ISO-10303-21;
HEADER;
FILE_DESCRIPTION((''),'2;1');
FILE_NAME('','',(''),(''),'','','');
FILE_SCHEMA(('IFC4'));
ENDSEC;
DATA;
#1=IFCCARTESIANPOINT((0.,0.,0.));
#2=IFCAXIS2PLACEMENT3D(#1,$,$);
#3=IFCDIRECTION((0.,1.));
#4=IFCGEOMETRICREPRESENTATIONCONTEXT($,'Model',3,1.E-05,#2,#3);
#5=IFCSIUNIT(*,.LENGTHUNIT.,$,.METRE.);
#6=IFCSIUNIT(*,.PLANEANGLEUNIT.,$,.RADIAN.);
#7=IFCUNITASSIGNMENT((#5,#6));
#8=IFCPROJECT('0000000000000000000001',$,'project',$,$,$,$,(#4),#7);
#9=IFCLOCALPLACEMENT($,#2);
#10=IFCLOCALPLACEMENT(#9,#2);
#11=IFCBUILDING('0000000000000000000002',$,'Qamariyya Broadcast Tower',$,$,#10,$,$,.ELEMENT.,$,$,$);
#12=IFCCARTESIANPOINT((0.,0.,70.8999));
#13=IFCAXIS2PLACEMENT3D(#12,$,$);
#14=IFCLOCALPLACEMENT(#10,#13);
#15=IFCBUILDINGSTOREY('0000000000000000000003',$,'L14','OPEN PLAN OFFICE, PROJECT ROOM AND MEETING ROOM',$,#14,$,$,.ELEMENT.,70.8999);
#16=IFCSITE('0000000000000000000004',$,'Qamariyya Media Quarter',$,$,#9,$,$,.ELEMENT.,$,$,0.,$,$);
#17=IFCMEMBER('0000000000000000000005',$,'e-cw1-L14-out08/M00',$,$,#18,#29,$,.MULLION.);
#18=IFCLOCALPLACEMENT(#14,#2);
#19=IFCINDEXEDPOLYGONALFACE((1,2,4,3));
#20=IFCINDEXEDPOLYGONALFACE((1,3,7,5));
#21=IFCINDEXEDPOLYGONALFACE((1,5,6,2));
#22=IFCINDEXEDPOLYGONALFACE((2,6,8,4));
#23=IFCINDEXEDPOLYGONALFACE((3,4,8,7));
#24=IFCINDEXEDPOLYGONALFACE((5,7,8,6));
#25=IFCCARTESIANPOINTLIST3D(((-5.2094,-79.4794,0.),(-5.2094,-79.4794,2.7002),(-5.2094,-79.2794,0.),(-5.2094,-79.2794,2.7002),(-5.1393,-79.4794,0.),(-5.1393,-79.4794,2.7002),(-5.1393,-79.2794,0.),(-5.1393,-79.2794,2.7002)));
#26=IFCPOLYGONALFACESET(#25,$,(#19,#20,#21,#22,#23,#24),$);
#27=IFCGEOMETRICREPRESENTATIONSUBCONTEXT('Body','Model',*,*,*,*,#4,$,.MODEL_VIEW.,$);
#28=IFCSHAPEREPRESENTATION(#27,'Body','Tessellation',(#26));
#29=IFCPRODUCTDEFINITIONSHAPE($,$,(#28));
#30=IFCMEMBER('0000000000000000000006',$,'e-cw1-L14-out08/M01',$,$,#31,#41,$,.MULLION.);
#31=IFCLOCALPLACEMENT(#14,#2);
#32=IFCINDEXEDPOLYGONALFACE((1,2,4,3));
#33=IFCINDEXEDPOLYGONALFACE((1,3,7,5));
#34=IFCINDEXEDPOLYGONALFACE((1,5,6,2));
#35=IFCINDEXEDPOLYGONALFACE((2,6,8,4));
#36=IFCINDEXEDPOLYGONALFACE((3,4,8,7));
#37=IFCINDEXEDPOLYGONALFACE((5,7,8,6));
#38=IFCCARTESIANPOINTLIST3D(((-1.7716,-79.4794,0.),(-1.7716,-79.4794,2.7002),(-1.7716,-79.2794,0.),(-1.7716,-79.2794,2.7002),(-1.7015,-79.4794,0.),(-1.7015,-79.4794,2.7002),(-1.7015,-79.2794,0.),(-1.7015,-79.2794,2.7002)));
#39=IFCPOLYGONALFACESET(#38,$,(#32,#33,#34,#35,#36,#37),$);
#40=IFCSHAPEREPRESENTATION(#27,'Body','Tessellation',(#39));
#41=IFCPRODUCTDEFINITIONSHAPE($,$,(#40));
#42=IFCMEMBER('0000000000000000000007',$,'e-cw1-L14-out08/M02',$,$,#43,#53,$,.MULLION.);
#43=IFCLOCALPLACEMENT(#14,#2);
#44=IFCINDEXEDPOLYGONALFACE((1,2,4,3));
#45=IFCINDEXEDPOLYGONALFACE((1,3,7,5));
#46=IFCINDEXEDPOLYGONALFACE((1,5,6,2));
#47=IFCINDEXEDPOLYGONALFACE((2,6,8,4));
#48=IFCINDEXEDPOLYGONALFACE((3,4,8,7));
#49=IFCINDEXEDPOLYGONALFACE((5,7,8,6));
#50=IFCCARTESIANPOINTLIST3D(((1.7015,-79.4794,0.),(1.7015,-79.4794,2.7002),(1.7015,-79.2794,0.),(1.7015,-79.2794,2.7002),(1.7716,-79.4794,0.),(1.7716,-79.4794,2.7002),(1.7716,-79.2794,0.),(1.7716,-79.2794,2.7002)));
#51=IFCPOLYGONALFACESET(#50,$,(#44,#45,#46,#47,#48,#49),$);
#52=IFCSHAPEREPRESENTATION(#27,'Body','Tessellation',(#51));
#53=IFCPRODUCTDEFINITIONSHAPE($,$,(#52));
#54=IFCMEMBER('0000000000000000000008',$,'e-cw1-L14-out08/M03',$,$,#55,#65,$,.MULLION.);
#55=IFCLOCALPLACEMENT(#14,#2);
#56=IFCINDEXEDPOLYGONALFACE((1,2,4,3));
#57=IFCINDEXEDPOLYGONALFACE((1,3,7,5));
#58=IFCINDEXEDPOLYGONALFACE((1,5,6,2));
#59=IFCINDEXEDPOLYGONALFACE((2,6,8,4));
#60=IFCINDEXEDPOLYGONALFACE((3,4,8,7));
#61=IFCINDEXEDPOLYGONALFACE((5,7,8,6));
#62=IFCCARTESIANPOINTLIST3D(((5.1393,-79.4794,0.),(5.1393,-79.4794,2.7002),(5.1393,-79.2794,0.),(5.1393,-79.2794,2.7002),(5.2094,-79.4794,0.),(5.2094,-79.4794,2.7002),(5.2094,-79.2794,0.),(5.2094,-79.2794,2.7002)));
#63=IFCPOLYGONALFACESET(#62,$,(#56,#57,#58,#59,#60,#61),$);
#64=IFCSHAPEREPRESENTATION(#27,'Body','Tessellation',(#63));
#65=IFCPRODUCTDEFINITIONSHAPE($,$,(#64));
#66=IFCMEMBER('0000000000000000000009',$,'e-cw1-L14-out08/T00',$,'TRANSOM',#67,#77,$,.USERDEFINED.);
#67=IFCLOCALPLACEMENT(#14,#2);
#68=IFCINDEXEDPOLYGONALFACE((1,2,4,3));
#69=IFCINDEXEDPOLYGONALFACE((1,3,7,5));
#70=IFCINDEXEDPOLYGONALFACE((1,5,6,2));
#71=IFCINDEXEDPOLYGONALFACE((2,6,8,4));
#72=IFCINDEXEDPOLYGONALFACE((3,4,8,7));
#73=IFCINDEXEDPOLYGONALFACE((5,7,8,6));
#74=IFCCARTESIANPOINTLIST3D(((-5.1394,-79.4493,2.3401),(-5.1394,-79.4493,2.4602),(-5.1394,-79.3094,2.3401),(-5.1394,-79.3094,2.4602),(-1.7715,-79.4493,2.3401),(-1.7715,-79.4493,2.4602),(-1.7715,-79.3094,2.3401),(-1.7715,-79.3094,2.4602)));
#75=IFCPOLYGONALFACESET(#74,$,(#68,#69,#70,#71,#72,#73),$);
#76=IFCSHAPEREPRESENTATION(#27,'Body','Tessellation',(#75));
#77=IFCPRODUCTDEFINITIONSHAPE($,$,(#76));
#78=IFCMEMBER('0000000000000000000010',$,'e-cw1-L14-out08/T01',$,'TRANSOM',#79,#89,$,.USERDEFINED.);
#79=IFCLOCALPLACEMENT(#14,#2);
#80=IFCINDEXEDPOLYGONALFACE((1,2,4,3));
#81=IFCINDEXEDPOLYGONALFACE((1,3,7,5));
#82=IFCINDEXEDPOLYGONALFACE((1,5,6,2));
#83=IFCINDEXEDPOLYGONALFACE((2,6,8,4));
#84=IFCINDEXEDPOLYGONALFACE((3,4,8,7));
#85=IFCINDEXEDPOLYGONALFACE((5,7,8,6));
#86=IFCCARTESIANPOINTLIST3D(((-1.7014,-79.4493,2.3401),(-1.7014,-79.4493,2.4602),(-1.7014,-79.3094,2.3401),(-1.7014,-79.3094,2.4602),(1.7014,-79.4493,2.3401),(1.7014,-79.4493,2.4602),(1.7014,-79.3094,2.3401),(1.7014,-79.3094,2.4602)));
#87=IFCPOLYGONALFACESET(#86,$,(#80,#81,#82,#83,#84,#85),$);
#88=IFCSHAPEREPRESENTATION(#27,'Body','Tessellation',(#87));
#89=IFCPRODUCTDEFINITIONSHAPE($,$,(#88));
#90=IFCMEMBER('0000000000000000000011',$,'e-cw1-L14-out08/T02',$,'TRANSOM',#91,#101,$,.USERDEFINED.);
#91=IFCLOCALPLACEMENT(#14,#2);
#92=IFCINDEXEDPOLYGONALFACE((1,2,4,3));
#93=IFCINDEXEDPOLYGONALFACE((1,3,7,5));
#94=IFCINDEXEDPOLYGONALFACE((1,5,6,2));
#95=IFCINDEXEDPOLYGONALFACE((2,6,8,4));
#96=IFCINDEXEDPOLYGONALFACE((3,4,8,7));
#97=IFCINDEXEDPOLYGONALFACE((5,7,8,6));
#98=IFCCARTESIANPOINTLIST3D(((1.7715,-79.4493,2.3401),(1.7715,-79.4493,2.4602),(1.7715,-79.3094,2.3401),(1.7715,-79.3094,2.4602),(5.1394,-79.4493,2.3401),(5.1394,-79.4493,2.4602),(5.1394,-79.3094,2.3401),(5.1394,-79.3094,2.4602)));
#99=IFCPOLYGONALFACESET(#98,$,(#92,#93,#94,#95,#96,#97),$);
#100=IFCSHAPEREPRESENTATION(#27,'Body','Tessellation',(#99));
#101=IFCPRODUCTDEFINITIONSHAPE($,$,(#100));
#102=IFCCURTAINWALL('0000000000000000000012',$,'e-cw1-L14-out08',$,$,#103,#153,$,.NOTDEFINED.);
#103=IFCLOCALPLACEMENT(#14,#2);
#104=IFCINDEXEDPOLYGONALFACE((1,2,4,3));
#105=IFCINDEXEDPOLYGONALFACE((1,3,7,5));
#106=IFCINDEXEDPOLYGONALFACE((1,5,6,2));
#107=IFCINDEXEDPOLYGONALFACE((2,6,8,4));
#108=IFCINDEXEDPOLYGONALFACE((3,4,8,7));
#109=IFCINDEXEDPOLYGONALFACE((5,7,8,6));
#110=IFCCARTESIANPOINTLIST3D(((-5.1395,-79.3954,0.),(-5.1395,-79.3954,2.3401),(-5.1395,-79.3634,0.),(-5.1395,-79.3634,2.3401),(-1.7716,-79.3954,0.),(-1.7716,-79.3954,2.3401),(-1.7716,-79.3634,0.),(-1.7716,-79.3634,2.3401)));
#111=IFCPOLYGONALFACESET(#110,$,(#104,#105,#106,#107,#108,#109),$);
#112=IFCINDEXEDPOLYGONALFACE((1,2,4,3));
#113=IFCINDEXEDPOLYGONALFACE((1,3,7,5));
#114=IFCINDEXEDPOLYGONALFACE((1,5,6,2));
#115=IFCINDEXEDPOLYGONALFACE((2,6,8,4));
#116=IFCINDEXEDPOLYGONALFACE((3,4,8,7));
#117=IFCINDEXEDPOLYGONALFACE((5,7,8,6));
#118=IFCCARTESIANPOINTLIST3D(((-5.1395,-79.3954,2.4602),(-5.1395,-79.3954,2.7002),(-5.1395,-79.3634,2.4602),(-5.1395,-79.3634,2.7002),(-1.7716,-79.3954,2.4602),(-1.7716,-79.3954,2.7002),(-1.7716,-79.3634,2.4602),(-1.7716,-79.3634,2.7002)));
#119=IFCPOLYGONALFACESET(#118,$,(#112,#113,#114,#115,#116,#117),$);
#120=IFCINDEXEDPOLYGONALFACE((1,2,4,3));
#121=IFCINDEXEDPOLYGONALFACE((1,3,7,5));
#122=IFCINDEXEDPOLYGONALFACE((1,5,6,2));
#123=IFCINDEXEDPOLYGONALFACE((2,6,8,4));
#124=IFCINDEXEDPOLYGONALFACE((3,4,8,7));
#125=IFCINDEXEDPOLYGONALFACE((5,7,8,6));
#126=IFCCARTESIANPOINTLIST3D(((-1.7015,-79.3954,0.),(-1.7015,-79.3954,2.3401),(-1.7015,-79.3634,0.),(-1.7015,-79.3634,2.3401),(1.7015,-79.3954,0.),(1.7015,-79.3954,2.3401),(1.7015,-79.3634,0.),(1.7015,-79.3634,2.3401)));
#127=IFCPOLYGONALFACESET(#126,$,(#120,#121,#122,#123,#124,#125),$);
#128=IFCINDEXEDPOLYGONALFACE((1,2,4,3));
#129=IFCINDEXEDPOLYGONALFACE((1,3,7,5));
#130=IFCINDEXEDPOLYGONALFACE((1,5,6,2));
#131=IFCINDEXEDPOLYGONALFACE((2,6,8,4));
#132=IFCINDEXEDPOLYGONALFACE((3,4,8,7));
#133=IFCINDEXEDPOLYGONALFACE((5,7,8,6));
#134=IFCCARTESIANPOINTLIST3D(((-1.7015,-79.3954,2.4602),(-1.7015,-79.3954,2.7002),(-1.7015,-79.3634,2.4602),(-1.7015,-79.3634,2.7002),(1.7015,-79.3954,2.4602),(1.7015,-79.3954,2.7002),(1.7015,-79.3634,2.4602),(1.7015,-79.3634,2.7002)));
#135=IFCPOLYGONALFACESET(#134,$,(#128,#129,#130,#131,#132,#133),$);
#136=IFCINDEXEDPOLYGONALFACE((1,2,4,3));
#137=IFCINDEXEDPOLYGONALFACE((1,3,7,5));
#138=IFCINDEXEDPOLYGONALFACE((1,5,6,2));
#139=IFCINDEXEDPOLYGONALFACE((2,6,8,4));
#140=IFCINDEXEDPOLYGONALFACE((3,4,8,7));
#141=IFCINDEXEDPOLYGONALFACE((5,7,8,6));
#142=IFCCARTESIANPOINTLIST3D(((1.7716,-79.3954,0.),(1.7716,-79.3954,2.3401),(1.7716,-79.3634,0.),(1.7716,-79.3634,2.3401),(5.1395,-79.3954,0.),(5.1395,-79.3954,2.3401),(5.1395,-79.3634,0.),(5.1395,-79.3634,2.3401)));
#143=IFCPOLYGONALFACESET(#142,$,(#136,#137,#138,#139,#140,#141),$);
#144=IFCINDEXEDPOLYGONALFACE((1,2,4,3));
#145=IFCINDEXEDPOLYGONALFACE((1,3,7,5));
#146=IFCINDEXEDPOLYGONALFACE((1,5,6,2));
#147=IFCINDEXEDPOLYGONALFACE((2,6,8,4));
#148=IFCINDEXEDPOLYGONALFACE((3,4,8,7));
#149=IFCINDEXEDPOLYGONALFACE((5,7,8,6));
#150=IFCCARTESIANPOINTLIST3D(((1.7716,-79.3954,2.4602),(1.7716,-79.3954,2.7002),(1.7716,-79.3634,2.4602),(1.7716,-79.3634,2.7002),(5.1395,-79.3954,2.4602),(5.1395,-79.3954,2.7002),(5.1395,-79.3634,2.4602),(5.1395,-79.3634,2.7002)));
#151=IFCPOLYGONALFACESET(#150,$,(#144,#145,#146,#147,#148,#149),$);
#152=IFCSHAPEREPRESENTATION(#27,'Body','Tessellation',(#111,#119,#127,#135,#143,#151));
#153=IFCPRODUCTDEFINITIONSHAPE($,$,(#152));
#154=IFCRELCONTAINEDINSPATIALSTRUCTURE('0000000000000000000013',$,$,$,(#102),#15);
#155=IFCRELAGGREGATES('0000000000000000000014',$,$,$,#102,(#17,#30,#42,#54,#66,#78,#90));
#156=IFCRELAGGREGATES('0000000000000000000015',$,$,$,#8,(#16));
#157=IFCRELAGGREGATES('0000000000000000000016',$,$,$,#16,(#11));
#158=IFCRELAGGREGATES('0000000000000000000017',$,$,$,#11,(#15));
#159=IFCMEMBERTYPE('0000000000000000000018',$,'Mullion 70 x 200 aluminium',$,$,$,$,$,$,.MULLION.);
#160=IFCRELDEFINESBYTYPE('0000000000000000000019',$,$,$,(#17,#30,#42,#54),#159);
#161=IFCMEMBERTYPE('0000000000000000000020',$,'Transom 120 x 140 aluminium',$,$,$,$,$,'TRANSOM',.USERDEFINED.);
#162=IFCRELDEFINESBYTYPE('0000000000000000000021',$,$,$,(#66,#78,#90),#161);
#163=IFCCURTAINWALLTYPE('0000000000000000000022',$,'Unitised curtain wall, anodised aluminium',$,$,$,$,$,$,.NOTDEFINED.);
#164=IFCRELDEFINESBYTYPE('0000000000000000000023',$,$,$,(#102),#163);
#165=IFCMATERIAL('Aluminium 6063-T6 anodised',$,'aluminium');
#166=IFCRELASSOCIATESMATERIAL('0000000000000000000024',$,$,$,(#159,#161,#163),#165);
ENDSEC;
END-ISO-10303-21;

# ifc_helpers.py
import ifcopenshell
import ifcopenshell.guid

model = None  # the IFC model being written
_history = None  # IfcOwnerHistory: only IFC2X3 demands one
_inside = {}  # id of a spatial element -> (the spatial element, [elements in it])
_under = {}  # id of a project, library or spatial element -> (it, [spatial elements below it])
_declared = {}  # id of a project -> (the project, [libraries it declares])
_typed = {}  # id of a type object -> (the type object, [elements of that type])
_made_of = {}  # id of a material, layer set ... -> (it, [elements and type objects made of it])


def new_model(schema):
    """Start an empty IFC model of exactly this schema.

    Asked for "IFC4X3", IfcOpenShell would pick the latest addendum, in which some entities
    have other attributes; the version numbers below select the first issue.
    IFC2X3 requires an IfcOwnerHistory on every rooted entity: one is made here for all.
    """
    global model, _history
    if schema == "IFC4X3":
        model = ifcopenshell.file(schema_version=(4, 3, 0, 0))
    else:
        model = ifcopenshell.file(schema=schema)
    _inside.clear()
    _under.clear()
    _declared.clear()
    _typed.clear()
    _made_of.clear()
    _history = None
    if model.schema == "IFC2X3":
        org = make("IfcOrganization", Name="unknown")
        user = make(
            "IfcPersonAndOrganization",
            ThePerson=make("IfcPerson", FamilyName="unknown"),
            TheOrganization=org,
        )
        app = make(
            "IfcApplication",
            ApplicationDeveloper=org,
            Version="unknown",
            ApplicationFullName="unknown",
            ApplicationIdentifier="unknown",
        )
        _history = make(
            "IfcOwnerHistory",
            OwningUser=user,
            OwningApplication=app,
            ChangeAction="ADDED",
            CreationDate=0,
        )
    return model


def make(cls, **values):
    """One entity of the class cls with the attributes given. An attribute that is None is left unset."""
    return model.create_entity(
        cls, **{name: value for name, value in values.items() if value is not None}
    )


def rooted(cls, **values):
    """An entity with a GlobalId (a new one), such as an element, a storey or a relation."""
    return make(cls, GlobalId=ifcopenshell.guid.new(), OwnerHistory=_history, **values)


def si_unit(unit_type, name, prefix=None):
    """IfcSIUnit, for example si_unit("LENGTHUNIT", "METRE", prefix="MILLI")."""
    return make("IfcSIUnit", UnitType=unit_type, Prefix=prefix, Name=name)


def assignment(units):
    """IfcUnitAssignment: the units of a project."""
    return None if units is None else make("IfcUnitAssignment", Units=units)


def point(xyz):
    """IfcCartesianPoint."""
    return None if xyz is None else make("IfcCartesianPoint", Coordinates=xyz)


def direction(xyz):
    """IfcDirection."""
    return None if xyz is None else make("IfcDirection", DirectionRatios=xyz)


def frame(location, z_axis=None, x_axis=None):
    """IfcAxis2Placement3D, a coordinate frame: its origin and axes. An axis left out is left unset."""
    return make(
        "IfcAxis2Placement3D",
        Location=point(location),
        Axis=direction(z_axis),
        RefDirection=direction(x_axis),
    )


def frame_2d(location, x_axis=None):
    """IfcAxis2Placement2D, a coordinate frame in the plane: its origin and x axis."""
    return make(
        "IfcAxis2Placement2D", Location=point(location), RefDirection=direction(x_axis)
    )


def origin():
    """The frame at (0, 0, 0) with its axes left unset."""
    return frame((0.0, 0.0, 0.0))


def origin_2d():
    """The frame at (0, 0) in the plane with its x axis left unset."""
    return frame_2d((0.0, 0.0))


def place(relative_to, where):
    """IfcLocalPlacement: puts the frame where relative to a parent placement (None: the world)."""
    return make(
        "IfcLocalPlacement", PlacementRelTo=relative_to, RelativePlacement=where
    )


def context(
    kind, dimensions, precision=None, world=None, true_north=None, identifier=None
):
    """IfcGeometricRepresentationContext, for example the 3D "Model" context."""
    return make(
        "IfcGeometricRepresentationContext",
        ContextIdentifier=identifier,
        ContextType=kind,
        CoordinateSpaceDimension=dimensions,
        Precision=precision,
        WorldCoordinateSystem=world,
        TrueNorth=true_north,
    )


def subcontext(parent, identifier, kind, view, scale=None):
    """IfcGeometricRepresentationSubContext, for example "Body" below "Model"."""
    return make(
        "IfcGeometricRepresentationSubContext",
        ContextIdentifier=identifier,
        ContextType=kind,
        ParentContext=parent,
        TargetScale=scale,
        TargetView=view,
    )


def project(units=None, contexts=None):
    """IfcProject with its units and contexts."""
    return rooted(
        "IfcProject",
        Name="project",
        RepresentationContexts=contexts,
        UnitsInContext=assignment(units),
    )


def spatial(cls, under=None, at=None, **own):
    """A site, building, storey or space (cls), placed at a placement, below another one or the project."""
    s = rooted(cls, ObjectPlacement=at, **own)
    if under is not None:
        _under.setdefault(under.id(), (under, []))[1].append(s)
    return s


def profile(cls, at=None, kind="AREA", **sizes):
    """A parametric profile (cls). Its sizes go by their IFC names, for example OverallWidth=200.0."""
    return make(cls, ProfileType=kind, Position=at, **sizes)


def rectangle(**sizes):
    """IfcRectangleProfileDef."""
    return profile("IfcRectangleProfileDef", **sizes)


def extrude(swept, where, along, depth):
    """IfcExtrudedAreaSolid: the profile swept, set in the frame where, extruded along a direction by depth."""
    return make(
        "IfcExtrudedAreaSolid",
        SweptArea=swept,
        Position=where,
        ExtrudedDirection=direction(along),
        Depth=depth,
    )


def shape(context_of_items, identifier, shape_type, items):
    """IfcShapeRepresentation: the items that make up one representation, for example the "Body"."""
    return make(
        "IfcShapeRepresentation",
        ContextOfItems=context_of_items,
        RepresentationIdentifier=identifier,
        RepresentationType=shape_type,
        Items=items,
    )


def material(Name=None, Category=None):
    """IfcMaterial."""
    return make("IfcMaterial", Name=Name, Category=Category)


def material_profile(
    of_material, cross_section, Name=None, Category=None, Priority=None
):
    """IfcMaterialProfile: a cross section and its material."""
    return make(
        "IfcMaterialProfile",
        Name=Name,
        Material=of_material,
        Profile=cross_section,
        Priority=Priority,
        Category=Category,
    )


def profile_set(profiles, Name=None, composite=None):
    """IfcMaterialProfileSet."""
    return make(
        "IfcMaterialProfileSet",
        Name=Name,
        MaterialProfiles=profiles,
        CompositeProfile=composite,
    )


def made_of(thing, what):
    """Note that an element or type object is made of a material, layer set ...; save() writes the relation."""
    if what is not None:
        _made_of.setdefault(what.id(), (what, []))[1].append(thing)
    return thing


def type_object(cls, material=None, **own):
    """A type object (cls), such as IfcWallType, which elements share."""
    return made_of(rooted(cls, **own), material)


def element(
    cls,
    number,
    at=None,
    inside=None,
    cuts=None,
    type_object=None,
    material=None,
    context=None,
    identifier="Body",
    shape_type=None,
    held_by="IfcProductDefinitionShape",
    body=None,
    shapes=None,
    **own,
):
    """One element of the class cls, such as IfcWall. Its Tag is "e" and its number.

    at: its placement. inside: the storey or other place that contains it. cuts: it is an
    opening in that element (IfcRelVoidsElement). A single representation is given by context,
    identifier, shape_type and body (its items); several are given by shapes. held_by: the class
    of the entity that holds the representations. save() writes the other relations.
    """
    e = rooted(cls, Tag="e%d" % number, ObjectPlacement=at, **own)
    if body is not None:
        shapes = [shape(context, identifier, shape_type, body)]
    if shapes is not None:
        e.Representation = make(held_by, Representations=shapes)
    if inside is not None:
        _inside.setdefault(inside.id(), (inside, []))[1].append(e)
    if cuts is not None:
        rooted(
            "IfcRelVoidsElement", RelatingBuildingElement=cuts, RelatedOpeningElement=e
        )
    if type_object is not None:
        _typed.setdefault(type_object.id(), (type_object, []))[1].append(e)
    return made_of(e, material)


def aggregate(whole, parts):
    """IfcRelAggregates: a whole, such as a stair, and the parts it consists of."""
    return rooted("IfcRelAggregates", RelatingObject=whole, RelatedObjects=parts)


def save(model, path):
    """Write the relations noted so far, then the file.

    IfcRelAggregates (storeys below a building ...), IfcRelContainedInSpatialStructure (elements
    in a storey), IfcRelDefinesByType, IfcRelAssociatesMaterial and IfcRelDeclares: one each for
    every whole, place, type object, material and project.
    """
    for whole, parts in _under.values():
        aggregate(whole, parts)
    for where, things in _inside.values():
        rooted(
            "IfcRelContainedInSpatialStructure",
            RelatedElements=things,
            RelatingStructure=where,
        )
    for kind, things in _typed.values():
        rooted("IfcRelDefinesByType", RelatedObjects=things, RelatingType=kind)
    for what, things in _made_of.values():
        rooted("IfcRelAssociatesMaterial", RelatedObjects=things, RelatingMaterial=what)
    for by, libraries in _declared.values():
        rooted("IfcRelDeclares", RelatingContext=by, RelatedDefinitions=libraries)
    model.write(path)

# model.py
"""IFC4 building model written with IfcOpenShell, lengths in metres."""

from ifc_helpers import new_model, si_unit, direction, frame, origin, origin_2d, place, context, subcontext, project, spatial, rectangle, extrude, material, material_profile, profile_set, type_object, element, aggregate, save


model = new_model("IFC4")

# Units and contexts
model_context = context("Model", 3, precision=1e-05, world=origin(), true_north=direction((0.0, 1.0)))
body_context = subcontext(model_context, "Body", "Model", "MODEL_VIEW")
ifc_project = project(units=[si_unit("LENGTHUNIT", "METRE"), si_unit("PLANEANGLEUNIT", "RADIAN")], contexts=[model_context])

# Members
ifc_material = material(Name="Aluminium 6063-T6 anodised", Category="aluminium")
ifc_material_profile_1 = material_profile(ifc_material, rectangle(XDim=0.2, YDim=0.0701, at=origin_2d()))
ifc_profile_set_1 = profile_set([ifc_material_profile_1], Name="Aluminium 6063-T6 anodised")
member_type_1 = type_object("IfcMemberType", Name="Mullion 70 x 200 aluminium", PredefinedType="MULLION", material=ifc_profile_set_1)
site_placement = place(None, origin())
building_placement = place(site_placement, origin())
storey_placement = place(building_placement, frame((0.0, 0.0, 70.8999)))
member_1_placement = place(storey_placement, frame((-5.1743, -79.3794, 0.0), z_axis=(0.0, 0.0, 1.0), x_axis=(0.0, 1.0, 0.0)))
member_1 = element("IfcMember", 1, at=member_1_placement, type_object=member_type_1, Name="e-cw1-L14-out08/M00", PredefinedType="MULLION", context=body_context, shape_type="SweptSolid", body=[
    extrude(rectangle(XDim=0.2, YDim=0.0701, at=origin_2d()), origin(), (0.0, 0.0, 1.0), 2.7002),
])
member_2_placement = place(storey_placement, frame((-1.7366, -79.3794, 0.0), z_axis=(0.0, 0.0, 1.0), x_axis=(0.0, 1.0, 0.0)))
member_2 = element("IfcMember", 2, at=member_2_placement, type_object=member_type_1, Name="e-cw1-L14-out08/M01", PredefinedType="MULLION", context=body_context, shape_type="SweptSolid", body=[
    extrude(rectangle(XDim=0.2, YDim=0.0701, at=origin_2d()), origin(), (0.0, 0.0, 1.0), 2.7002),
])
member_3_placement = place(storey_placement, frame((1.7366, -79.3794, 0.0), z_axis=(0.0, 0.0, 1.0), x_axis=(0.0, 1.0, 0.0)))
member_3 = element("IfcMember", 3, at=member_3_placement, type_object=member_type_1, Name="e-cw1-L14-out08/M02", PredefinedType="MULLION", context=body_context, shape_type="SweptSolid", body=[
    extrude(rectangle(XDim=0.2, YDim=0.0701, at=origin_2d()), origin(), (0.0, 0.0, 1.0), 2.7002),
])
member_4_placement = place(storey_placement, frame((5.1743, -79.3794, 0.0), z_axis=(0.0, 0.0, 1.0), x_axis=(0.0, 1.0, 0.0)))
member_4 = element("IfcMember", 4, at=member_4_placement, type_object=member_type_1, Name="e-cw1-L14-out08/M03", PredefinedType="MULLION", context=body_context, shape_type="SweptSolid", body=[
    extrude(rectangle(XDim=0.2, YDim=0.0701, at=origin_2d()), origin(), (0.0, 0.0, 1.0), 2.7002),
])
ifc_material_profile_2 = material_profile(ifc_material, rectangle(XDim=0.1399, YDim=0.1201, at=origin_2d()))
ifc_profile_set_2 = profile_set([ifc_material_profile_2], Name="Aluminium 6063-T6 anodised")
member_type_2 = type_object("IfcMemberType", Name="Transom 120 x 140 aluminium", ElementType="TRANSOM", PredefinedType="USERDEFINED", material=ifc_profile_set_2)
member_5_placement = place(storey_placement, frame((-5.1394, -79.3794, 2.4001), z_axis=(1.0, 0.0, 0.0), x_axis=(0.0, 1.0, 0.0)))
member_5 = element("IfcMember", 5, at=member_5_placement, type_object=member_type_2, Name="e-cw1-L14-out08/T00", ObjectType="TRANSOM", PredefinedType="USERDEFINED", context=body_context, shape_type="SweptSolid", body=[
    extrude(rectangle(XDim=0.1399, YDim=0.1201, at=origin_2d()), origin(), (0.0, 0.0, 1.0), 3.3679),
])
member_6_placement = place(storey_placement, frame((-1.7014, -79.3794, 2.4001), z_axis=(1.0, 0.0, 0.0), x_axis=(0.0, 1.0, 0.0)))
member_6 = element("IfcMember", 6, at=member_6_placement, type_object=member_type_2, Name="e-cw1-L14-out08/T01", ObjectType="TRANSOM", PredefinedType="USERDEFINED", context=body_context, shape_type="SweptSolid", body=[
    extrude(rectangle(XDim=0.1399, YDim=0.1201, at=origin_2d()), origin(), (0.0, 0.0, 1.0), 3.4028),
])
member_7_placement = place(storey_placement, frame((1.7715, -79.3794, 2.4001), z_axis=(1.0, 0.0, 0.0), x_axis=(0.0, 1.0, 0.0)))
member_7 = element("IfcMember", 7, at=member_7_placement, type_object=member_type_2, Name="e-cw1-L14-out08/T02", ObjectType="TRANSOM", PredefinedType="USERDEFINED", context=body_context, shape_type="SweptSolid", body=[
    extrude(rectangle(XDim=0.1399, YDim=0.1201, at=origin_2d()), origin(), (0.0, 0.0, 1.0), 3.3679),
])

# Site, building, storey
site = spatial("IfcSite", under=ifc_project, at=site_placement, Name="Qamariyya Media Quarter", CompositionType="ELEMENT", RefElevation=0.0)
building = spatial("IfcBuilding", under=site, at=building_placement, Name="Qamariyya Broadcast Tower", CompositionType="ELEMENT")
storey = spatial("IfcBuildingStorey", under=building, at=storey_placement, Name="L14", Description="OPEN PLAN OFFICE, PROJECT ROOM AND MEETING ROOM", CompositionType="ELEMENT", Elevation=70.8999)

# Curtain wall
curtain_wall_type = type_object("IfcCurtainWallType", Name="Unitised curtain wall, anodised aluminium", PredefinedType="NOTDEFINED", material=ifc_material)
curtain_wall_1_placement = place(storey_placement, origin())
curtain_wall_1 = element("IfcCurtainWall", 8, at=curtain_wall_1_placement, inside=storey, type_object=curtain_wall_type, Name="e-cw1-L14-out08", PredefinedType="NOTDEFINED", context=body_context, shape_type="SweptSolid", body=[
    extrude(rectangle(XDim=3.3679, YDim=0.032, at=origin_2d()), frame((-3.4556, -79.3794, 0.0), x_axis=(1.0, 0.0, 0.0)), (0.0, 0.0, 1.0), 2.3401),
    extrude(rectangle(XDim=3.3679, YDim=0.032, at=origin_2d()), frame((-3.4556, -79.3794, 2.4602), x_axis=(1.0, 0.0, 0.0)), (0.0, 0.0, 1.0), 0.24),
    extrude(rectangle(XDim=3.4031, YDim=0.032, at=origin_2d()), frame((0.0, -79.3794, 0.0), x_axis=(1.0, 0.0, 0.0)), (0.0, 0.0, 1.0), 2.3401),
    extrude(rectangle(XDim=3.4031, YDim=0.032, at=origin_2d()), frame((0.0, -79.3794, 2.4602), x_axis=(1.0, 0.0, 0.0)), (0.0, 0.0, 1.0), 0.24),
    extrude(rectangle(XDim=3.3679, YDim=0.032, at=origin_2d()), frame((3.4556, -79.3794, 0.0), x_axis=(1.0, 0.0, 0.0)), (0.0, 0.0, 1.0), 2.3401),
    extrude(rectangle(XDim=3.3679, YDim=0.032, at=origin_2d()), frame((3.4556, -79.3794, 2.4602), x_axis=(1.0, 0.0, 0.0)), (0.0, 0.0, 1.0), 0.24),
])
aggregate(curtain_wall_1, [member_1, member_2, member_3, member_4, member_5, member_6, member_7])

save(model, "model.ifc")
